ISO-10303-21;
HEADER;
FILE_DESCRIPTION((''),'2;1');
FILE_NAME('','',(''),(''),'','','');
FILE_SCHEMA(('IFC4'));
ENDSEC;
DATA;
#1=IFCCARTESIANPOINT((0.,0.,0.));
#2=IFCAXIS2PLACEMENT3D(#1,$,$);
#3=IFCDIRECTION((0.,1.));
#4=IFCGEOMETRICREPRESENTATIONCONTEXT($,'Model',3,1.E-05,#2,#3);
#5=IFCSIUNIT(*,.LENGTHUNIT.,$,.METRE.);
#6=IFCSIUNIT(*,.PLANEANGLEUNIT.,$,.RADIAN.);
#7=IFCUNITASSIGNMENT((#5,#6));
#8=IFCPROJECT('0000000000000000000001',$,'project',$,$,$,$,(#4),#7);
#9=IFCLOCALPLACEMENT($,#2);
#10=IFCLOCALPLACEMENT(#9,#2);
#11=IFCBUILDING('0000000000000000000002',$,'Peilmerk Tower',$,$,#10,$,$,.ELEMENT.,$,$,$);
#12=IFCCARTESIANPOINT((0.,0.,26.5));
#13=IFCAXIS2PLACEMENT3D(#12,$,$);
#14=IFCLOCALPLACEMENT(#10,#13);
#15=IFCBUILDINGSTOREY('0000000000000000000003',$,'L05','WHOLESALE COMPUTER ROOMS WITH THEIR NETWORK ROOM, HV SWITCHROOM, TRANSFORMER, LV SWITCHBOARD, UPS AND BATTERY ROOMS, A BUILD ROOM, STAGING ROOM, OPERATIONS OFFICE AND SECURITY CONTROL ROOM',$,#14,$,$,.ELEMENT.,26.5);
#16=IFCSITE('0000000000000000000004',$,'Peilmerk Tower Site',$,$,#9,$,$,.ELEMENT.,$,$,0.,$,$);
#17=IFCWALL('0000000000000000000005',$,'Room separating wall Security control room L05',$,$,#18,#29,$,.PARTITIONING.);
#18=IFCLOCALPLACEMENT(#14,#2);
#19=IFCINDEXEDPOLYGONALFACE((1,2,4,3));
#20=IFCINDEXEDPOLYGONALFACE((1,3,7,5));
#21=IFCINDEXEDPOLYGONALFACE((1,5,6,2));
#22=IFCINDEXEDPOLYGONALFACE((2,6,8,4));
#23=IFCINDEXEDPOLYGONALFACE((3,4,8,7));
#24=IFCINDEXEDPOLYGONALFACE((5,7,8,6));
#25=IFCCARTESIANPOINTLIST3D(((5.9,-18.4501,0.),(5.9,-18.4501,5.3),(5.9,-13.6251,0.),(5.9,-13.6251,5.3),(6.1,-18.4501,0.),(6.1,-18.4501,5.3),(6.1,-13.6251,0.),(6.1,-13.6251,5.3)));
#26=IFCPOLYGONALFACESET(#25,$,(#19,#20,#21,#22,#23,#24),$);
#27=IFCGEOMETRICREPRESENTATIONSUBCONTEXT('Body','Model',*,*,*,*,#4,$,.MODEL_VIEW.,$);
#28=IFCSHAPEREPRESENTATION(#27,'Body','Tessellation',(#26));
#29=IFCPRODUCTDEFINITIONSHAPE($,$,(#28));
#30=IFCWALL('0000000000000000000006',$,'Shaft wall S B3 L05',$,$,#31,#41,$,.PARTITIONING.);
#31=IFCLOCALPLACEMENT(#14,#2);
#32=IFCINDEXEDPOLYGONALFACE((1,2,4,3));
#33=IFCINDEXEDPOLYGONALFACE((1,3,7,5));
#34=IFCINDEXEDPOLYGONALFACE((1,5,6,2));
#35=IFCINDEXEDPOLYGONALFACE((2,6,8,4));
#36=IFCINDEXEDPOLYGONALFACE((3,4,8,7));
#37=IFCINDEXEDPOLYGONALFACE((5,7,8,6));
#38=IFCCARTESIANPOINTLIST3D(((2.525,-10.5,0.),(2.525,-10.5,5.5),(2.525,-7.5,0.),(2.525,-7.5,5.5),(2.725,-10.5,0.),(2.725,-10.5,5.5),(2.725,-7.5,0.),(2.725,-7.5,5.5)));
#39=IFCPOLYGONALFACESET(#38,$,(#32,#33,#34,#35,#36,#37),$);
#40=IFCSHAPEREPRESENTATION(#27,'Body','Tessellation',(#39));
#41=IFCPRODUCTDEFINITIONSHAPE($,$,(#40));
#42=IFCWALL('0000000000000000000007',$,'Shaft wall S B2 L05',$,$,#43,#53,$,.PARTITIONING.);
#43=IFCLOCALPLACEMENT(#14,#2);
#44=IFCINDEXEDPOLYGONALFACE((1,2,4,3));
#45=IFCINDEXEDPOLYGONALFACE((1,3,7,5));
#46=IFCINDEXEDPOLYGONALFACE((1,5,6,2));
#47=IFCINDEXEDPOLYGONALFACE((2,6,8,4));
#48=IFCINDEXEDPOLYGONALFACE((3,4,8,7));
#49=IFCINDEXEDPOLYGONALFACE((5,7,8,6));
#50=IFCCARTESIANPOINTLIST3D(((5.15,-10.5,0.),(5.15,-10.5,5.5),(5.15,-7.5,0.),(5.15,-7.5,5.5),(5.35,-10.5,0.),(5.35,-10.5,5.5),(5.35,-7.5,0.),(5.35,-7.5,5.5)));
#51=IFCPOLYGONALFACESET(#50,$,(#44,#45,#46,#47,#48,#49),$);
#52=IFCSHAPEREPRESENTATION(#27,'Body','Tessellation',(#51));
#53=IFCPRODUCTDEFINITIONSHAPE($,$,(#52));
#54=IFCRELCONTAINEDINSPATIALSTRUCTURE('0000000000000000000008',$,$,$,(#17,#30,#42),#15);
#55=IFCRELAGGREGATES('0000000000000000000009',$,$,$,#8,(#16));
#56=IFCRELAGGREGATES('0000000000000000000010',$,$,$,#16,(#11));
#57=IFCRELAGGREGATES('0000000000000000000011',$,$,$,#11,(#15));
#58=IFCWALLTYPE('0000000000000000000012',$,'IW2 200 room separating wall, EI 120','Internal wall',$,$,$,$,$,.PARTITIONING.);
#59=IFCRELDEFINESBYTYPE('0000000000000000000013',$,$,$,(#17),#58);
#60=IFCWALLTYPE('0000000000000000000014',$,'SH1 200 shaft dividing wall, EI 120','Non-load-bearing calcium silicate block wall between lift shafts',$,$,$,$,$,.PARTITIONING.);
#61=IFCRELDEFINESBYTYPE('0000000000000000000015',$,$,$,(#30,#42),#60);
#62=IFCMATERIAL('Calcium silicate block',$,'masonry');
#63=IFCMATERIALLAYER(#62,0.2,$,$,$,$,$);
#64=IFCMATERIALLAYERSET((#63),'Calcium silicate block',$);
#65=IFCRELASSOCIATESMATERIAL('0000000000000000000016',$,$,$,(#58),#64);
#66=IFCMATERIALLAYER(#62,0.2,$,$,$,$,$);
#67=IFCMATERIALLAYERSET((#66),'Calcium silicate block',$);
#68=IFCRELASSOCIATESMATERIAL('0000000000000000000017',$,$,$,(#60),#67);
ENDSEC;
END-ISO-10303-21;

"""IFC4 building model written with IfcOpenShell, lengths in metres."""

from ifc_helpers import new_model, si_unit, direction, frame, frame_2d, origin, place, context, subcontext, project, spatial, rectangle, extrude, material, layer, layer_set, type_object, element, save


model = new_model("IFC4")

# Units and contexts
model_context = context("Model", 3, precision=1e-05, world=origin(), true_north=direction((0.0, 1.0)))
body_context = subcontext(model_context, "Body", "Model", "MODEL_VIEW")
ifc_project = project(units=[si_unit("LENGTHUNIT", "METRE"), si_unit("PLANEANGLEUNIT", "RADIAN")], contexts=[model_context])

# Site, building, storey
site_placement = place(None, origin())
site = spatial("IfcSite", under=ifc_project, at=site_placement, Name="Peilmerk Tower Site", CompositionType="ELEMENT", RefElevation=0.0)
building_placement = place(site_placement, origin())
building = spatial("IfcBuilding", under=site, at=building_placement, Name="Peilmerk Tower", CompositionType="ELEMENT")
storey_placement = place(building_placement, frame((0.0, 0.0, 26.5)))
storey = spatial("IfcBuildingStorey", under=building, at=storey_placement, Name="L05", Description="WHOLESALE COMPUTER ROOMS WITH THEIR NETWORK ROOM, HV SWITCHROOM, TRANSFORMER, LV SWITCHBOARD, UPS AND BATTERY ROOMS, A BUILD ROOM, STAGING ROOM, OPERATIONS OFFICE AND SECURITY CONTROL ROOM", CompositionType="ELEMENT", Elevation=26.5)

# Walls
ifc_material_1 = material(Name="Calcium silicate block", Category="masonry")
ifc_layer_1 = layer(ifc_material_1, 0.2)
ifc_layer_set_1 = layer_set([ifc_layer_1], Name="Calcium silicate block")
wall_type_1 = type_object("IfcWallType", Name="IW2 200 room separating wall, EI 120", Description="Internal wall", PredefinedType="PARTITIONING", material=ifc_layer_set_1)
for number, where, z_axis, x_axis, name in (
    (1, (6.0, -13.625, 0.0), (0.0, 0.0, 1.0), (0.0, -1.0, 0.0), "Room separating wall Security control room L05"),
):
    element("IfcWall", number, at=place(storey_placement, frame(where, z_axis=z_axis, x_axis=x_axis)), inside=storey, type_object=wall_type_1, Name=name, PredefinedType="PARTITIONING", context=body_context, shape_type="SweptSolid", body=[
        extrude(rectangle(XDim=4.825, YDim=0.2, at=frame_2d((2.4126, 0.0))), origin(), (0.0, 0.0, 1.0), 5.3),
    ])
ifc_layer_2 = layer(ifc_material_1, 0.2)
ifc_layer_set_2 = layer_set([ifc_layer_2], Name="Calcium silicate block")
wall_type_2 = type_object("IfcWallType", Name="SH1 200 shaft dividing wall, EI 120", Description="Non-load-bearing calcium silicate block wall between lift shafts", PredefinedType="PARTITIONING", material=ifc_layer_set_2)
for number, where, z_axis, x_axis, name in (
    (2, (2.625, -10.5, 0.0), (0.0, 0.0, 1.0), (0.0, 1.0, 0.0), "Shaft wall S B3 L05"),
    (3, (5.25, -10.5, 0.0), (0.0, 0.0, 1.0), (0.0, 1.0, 0.0), "Shaft wall S B2 L05"),
):
    element("IfcWall", number, at=place(storey_placement, frame(where, z_axis=z_axis, x_axis=x_axis)), inside=storey, type_object=wall_type_2, Name=name, PredefinedType="PARTITIONING", context=body_context, shape_type="SweptSolid", body=[
        extrude(rectangle(XDim=3.0, YDim=0.2, at=frame_2d((1.5, 0.0))), origin(), (0.0, 0.0, 1.0), 5.5),
    ])

save(model, "model.ifc")
